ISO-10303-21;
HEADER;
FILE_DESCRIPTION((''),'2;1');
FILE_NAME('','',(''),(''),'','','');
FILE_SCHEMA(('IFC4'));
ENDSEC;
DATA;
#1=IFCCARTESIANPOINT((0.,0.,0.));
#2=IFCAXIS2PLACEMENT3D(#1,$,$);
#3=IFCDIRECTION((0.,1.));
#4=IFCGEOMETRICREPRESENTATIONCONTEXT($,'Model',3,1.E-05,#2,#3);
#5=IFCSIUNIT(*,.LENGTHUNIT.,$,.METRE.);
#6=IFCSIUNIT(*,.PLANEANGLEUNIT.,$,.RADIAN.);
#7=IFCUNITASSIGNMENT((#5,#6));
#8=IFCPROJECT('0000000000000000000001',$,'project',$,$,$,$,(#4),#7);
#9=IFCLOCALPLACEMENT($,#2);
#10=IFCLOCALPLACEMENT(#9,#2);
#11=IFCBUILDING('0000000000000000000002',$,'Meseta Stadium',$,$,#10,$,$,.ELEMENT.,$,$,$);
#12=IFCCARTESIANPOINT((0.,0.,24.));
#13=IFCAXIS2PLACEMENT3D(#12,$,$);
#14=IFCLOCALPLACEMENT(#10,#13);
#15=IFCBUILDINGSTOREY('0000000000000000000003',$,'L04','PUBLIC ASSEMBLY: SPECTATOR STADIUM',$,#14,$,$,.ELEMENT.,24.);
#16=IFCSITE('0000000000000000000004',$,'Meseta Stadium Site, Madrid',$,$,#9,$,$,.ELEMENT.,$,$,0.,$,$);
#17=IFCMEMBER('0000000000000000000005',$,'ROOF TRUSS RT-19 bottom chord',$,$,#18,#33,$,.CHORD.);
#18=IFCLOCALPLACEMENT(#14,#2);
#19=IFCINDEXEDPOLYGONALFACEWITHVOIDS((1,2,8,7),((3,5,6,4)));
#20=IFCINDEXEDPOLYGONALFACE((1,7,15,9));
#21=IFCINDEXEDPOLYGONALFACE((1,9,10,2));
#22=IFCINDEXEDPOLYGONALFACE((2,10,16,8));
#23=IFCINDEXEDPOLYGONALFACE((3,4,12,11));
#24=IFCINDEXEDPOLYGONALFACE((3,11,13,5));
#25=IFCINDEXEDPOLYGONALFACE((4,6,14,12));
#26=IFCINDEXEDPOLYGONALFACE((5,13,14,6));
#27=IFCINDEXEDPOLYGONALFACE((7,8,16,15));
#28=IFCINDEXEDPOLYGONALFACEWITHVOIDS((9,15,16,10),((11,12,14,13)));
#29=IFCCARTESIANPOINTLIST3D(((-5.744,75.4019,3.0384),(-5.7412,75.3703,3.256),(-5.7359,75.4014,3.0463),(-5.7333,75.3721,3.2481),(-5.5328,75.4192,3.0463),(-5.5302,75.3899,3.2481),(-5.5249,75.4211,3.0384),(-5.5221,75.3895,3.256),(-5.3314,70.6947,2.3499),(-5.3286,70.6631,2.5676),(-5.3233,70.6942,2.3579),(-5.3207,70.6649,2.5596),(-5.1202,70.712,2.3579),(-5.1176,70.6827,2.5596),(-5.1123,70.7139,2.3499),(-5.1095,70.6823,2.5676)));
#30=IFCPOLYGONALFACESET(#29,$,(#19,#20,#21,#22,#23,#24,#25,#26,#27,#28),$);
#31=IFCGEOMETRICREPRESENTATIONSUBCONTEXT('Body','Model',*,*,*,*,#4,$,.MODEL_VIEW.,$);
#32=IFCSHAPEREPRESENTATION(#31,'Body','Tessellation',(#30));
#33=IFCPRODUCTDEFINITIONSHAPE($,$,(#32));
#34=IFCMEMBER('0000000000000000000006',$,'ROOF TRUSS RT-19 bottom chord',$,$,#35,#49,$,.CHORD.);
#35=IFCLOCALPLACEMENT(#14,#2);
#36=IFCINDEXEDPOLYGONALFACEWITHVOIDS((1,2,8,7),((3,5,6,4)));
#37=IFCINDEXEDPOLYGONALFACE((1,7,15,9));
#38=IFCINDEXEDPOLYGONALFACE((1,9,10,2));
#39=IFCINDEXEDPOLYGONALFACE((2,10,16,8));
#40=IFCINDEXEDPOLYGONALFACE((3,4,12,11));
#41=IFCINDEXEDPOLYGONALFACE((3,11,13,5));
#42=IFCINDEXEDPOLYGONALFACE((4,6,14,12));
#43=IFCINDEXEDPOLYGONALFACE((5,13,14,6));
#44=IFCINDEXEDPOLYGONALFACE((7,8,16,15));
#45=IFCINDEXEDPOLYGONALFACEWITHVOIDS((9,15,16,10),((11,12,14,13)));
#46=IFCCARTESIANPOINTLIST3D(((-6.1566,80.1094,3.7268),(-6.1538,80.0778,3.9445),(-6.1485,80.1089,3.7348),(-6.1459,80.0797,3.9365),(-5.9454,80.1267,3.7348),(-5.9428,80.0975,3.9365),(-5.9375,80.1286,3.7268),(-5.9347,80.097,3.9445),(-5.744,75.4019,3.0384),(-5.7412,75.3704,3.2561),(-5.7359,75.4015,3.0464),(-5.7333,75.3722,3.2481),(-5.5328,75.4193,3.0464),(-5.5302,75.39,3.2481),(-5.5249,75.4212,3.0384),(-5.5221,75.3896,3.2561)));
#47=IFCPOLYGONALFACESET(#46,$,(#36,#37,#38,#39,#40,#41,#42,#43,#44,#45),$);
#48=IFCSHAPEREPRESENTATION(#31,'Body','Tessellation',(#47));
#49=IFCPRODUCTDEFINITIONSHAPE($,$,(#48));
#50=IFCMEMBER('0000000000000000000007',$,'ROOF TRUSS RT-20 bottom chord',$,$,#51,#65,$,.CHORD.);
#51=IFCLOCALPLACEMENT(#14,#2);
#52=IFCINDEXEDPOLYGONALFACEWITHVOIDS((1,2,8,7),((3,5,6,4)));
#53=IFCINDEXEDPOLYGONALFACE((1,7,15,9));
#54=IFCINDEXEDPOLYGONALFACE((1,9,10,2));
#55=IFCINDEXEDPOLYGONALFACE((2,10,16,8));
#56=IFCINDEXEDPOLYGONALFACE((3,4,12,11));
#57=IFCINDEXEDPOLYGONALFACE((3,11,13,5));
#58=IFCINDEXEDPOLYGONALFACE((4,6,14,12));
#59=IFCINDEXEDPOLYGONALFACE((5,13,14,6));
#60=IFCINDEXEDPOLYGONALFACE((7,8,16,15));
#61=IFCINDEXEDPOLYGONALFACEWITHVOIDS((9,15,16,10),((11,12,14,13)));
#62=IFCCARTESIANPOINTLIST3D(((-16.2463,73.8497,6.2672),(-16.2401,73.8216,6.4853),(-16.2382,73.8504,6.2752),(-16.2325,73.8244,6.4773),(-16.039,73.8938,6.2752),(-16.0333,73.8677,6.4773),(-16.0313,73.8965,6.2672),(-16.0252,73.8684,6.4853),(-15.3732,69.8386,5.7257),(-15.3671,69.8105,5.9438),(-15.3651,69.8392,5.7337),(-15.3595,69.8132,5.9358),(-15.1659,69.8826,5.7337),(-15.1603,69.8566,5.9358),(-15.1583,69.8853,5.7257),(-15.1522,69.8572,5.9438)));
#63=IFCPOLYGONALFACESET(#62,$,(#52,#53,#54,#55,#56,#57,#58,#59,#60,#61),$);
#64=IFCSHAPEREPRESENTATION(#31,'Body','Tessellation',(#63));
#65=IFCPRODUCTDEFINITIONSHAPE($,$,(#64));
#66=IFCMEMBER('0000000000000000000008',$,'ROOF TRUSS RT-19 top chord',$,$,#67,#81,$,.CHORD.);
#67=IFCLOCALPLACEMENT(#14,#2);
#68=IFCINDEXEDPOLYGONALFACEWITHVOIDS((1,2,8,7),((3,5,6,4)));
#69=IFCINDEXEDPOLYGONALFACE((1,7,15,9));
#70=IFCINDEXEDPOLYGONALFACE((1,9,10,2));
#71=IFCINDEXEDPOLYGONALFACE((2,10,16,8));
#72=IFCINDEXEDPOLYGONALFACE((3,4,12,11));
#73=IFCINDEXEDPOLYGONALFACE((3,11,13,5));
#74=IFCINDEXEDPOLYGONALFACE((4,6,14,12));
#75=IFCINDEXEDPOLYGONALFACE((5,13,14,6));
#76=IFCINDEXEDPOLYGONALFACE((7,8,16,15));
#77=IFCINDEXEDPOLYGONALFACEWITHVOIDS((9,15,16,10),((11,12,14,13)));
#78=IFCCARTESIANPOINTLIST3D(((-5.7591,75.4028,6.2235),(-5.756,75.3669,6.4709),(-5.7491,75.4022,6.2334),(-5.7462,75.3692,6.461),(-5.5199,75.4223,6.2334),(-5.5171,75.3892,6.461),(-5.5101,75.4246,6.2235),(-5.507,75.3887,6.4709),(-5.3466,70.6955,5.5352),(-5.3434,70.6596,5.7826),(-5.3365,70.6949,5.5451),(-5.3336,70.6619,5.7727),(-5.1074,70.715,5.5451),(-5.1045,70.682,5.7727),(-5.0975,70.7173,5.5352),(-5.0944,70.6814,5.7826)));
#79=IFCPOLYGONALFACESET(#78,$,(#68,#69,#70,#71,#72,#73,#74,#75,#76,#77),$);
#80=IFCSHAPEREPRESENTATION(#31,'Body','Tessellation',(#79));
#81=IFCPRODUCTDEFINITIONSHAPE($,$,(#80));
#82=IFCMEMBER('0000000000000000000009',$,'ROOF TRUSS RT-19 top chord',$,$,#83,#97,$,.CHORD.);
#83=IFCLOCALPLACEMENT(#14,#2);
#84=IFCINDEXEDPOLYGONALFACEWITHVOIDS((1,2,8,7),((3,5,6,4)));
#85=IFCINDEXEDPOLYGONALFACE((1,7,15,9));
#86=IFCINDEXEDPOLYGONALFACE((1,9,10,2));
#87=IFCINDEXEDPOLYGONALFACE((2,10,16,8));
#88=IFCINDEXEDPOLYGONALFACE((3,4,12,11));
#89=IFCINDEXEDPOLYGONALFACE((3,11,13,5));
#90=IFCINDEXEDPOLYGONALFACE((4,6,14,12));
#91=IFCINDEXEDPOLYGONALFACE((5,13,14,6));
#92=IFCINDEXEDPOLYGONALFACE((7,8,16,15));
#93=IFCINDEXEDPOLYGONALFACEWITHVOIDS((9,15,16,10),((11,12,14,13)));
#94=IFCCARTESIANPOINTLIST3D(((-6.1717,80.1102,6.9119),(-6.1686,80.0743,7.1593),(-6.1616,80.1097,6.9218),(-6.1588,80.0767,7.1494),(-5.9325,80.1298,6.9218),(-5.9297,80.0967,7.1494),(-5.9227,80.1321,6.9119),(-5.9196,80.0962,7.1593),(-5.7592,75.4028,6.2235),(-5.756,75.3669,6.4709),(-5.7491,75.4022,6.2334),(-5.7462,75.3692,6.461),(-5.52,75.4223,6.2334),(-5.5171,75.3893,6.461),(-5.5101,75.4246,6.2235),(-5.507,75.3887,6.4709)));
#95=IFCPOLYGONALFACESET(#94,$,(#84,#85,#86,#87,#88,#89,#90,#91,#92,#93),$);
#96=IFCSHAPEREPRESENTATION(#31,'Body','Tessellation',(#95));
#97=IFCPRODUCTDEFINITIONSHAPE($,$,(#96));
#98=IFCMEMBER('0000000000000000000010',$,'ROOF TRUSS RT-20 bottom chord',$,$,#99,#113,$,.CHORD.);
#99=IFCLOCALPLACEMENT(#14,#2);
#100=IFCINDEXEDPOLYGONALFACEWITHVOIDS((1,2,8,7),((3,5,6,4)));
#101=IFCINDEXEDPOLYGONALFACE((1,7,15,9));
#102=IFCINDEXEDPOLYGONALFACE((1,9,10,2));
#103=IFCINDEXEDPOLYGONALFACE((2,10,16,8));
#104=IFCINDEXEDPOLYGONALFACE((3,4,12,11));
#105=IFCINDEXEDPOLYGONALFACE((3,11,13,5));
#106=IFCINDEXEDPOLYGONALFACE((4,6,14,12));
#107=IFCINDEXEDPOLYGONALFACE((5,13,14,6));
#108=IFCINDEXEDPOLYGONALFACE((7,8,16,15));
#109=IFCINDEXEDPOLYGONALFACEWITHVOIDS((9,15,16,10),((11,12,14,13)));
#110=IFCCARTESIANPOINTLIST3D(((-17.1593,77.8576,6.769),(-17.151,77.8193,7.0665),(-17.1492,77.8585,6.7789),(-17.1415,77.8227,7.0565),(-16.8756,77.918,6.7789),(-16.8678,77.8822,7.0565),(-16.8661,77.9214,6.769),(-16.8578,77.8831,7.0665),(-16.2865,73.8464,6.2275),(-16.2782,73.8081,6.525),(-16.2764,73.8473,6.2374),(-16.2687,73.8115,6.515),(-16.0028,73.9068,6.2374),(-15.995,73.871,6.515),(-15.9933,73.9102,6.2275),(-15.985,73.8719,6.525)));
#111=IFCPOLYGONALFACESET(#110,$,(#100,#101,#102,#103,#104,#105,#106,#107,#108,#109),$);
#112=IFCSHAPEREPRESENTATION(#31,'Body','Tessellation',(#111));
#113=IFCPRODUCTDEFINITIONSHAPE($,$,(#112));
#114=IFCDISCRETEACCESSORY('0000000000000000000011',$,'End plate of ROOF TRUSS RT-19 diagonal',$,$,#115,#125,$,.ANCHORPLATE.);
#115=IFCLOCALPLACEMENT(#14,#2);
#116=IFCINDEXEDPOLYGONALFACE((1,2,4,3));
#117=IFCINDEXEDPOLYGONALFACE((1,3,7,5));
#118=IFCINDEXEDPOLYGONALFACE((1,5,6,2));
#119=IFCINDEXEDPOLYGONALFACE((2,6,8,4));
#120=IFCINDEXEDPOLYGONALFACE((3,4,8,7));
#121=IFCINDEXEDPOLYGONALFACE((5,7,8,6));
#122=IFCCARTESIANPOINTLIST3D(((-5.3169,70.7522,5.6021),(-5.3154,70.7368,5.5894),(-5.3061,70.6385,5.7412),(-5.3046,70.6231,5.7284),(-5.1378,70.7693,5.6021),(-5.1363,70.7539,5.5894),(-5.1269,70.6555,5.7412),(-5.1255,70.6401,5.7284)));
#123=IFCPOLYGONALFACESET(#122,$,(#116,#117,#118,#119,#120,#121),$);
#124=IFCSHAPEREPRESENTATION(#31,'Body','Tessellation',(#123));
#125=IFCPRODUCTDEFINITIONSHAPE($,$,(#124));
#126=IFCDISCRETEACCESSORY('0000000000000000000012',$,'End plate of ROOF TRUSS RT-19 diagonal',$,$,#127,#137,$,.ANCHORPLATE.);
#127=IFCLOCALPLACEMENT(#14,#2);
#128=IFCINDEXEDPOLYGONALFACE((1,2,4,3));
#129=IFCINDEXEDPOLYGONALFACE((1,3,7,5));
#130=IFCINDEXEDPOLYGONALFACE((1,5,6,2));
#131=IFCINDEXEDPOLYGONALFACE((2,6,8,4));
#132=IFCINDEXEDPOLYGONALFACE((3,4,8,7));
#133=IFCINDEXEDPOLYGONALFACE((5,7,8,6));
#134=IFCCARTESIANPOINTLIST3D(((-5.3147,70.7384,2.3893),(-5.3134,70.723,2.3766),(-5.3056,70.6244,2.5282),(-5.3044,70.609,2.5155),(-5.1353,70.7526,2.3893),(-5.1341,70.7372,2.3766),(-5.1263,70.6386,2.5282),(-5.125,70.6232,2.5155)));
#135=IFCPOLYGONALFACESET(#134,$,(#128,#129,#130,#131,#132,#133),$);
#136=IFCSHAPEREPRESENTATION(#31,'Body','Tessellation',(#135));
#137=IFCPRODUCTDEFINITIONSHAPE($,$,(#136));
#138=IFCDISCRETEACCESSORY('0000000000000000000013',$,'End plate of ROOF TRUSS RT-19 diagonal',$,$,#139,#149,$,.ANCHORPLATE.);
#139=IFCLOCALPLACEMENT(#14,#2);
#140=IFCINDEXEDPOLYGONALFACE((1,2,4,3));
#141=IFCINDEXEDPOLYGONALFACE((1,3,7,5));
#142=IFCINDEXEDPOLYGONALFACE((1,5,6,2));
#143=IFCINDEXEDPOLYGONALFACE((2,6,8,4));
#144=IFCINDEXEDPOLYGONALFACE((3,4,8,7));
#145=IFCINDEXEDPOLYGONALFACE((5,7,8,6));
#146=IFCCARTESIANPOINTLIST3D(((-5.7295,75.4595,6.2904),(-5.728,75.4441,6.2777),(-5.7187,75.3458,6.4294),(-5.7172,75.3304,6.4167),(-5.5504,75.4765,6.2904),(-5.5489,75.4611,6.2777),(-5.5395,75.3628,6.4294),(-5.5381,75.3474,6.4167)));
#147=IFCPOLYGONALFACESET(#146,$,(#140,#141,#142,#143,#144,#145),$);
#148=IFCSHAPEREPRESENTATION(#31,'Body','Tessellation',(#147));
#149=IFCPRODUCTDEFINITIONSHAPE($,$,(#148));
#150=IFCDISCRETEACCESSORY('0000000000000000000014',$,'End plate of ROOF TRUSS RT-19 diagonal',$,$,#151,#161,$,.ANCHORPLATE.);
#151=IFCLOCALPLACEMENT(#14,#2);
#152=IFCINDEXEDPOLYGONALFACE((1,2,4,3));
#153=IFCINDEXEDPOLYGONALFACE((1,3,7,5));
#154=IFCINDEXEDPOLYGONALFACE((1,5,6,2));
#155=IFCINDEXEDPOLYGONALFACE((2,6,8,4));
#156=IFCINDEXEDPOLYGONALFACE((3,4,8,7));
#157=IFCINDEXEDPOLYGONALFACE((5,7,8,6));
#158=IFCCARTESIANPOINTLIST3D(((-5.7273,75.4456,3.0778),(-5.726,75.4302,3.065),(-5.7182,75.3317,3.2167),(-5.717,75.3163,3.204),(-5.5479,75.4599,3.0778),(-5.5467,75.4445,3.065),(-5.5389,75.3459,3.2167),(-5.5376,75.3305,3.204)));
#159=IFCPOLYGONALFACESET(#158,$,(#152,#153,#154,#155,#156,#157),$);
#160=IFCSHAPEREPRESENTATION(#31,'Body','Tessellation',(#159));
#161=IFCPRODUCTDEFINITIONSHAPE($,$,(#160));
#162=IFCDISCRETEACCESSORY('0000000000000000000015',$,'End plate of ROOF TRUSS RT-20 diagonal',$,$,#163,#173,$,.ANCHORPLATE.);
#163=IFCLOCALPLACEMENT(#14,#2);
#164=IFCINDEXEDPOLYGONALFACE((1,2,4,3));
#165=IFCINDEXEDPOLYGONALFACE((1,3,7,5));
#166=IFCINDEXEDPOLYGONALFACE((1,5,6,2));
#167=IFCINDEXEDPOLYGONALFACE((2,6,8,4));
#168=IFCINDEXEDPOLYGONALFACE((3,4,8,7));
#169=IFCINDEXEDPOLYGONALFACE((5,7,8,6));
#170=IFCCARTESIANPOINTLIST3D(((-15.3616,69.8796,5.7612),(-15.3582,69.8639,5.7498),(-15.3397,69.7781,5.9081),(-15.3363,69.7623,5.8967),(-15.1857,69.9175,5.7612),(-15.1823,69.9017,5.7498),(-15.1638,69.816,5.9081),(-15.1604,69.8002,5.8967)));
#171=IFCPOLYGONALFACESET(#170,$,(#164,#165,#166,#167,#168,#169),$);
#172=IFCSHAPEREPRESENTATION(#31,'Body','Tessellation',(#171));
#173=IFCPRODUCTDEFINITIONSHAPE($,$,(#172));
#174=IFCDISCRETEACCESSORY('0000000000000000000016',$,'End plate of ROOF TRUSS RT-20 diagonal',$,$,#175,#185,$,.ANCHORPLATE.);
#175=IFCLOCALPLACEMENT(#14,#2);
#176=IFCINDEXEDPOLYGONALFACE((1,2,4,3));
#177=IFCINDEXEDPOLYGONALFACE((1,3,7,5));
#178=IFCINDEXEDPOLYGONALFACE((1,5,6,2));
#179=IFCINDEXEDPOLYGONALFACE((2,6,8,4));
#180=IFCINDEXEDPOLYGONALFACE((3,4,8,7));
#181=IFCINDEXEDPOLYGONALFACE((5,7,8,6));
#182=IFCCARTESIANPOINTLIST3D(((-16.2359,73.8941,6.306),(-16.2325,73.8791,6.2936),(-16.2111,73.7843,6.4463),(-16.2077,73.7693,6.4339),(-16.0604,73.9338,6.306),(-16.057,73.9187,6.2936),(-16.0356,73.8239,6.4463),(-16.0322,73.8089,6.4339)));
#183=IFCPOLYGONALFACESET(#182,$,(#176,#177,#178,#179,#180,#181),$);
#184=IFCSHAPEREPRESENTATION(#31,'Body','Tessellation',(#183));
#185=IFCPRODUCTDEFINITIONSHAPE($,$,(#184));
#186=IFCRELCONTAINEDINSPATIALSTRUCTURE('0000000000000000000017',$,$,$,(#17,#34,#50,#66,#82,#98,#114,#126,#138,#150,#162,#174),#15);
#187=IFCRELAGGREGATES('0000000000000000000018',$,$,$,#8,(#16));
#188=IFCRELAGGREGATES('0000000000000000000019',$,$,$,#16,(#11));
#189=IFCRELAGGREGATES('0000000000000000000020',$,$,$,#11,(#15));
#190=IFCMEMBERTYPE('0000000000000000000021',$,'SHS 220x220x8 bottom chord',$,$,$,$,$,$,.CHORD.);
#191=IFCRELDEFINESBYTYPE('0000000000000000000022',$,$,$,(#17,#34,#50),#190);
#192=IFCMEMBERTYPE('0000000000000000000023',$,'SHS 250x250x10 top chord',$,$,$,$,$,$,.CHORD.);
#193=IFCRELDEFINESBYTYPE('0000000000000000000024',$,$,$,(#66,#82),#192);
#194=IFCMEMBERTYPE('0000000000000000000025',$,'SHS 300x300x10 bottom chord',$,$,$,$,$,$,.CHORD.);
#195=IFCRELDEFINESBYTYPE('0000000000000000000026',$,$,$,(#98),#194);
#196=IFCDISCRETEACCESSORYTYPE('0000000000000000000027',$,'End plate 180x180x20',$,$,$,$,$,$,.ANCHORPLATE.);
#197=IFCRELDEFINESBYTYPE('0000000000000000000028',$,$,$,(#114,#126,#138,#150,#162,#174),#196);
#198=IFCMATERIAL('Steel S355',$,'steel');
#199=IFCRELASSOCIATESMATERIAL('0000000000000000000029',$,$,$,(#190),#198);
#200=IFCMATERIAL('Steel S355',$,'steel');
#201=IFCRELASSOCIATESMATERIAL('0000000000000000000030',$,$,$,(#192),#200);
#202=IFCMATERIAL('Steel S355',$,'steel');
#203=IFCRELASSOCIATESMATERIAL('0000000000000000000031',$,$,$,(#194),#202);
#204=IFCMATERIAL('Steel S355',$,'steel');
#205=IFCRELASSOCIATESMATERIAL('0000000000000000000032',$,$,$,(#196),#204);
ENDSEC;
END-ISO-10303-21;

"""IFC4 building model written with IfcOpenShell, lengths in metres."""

from ifc_helpers import new_model, si_unit, direction, frame, origin, origin_2d, place, context, subcontext, project, spatial, rectangle, hollow_rectangle, extrude, material, material_profile, profile_set, type_object, element, save


model = new_model("IFC4")

# Units and contexts
model_context = context("Model", 3, precision=1e-05, world=origin(), true_north=direction((0.0, 1.0)))
body_context = subcontext(model_context, "Body", "Model", "MODEL_VIEW")
ifc_project = project(units=[si_unit("LENGTHUNIT", "METRE"), si_unit("PLANEANGLEUNIT", "RADIAN")], contexts=[model_context])

# Site, building, storey
site_placement = place(None, origin())
site = spatial("IfcSite", under=ifc_project, at=site_placement, Name="Meseta Stadium Site, Madrid", CompositionType="ELEMENT", RefElevation=0.0)
building_placement = place(site_placement, origin())
building = spatial("IfcBuilding", under=site, at=building_placement, Name="Meseta Stadium", CompositionType="ELEMENT")
storey_placement = place(building_placement, frame((0.0, 0.0, 24.0)))
storey = spatial("IfcBuildingStorey", under=building, at=storey_placement, Name="L04", Description="PUBLIC ASSEMBLY: SPECTATOR STADIUM", CompositionType="ELEMENT", Elevation=24.0)

# Members
ifc_material_1 = material(Name="Steel S355", Category="steel")
ifc_material_profile_1 = material_profile(ifc_material_1, hollow_rectangle(XDim=0.22, YDim=0.22, WallThickness=0.0081, at=origin_2d()), Name="SHS 220x220x8")
ifc_profile_set_1 = profile_set([ifc_material_profile_1], Name="Steel S355")
member_type_1 = type_object("IfcMemberType", Name="SHS 220x220x8 bottom chord", PredefinedType="CHORD", material=ifc_profile_set_1)
member_1_placement = place(storey_placement, frame((-5.2205, 70.6885, 2.4587), z_axis=(-0.086404, 0.985772, 0.144177), x_axis=(-0.996181, -0.087316, 0.0)))
element("IfcMember", 1, at=member_1_placement, inside=storey, type_object=member_type_1, Name="ROOF TRUSS RT-19 bottom chord", PredefinedType="CHORD", context=body_context, shape_type="SweptSolid", body=[
    extrude(hollow_rectangle(XDim=0.22, YDim=0.22, WallThickness=0.0081, at=origin_2d()), origin(), (0.0, 0.0, 1.0), 4.7751),
])
member_2_placement = place(storey_placement, frame((-5.6331, 75.3958, 3.1472), z_axis=(-0.0864, 0.985774, 0.14417), x_axis=(-0.996181, -0.087312, 0.0)))
element("IfcMember", 2, at=member_2_placement, inside=storey, type_object=member_type_1, Name="ROOF TRUSS RT-19 bottom chord", PredefinedType="CHORD", context=body_context, shape_type="SweptSolid", body=[
    extrude(hollow_rectangle(XDim=0.22, YDim=0.22, WallThickness=0.0081, at=origin_2d()), origin(), (0.0, 0.0, 1.0), 4.7754),
])
member_3_placement = place(storey_placement, frame((-15.2627, 69.8479, 5.8347), z_axis=(-0.210845, 0.968732, 0.130776), x_axis=(-0.977124, -0.212672, 0.0)))
element("IfcMember", 3, at=member_3_placement, inside=storey, type_object=member_type_1, Name="ROOF TRUSS RT-20 bottom chord", PredefinedType="CHORD", context=body_context, shape_type="SweptSolid", body=[
    extrude(hollow_rectangle(XDim=0.22, YDim=0.22, WallThickness=0.0081, at=origin_2d()), origin(), (0.0, 0.0, 1.0), 4.1406),
])
ifc_material_2 = material(Name="Steel S355", Category="steel")
ifc_material_profile_2 = material_profile(ifc_material_2, hollow_rectangle(XDim=0.25, YDim=0.25, WallThickness=0.01, at=origin_2d()), Name="SHS 250x250x10")
ifc_profile_set_2 = profile_set([ifc_material_profile_2], Name="Steel S355")
member_type_2 = type_object("IfcMemberType", Name="SHS 250x250x10 top chord", PredefinedType="CHORD", material=ifc_profile_set_2)
member_4_placement = place(storey_placement, frame((-5.2205, 70.6885, 5.6589), z_axis=(-0.086405, 0.98578, 0.144127), x_axis=(-0.996181, -0.087316, 0.0)))
element("IfcMember", 4, at=member_4_placement, inside=storey, type_object=member_type_2, Name="ROOF TRUSS RT-19 top chord", PredefinedType="CHORD", context=body_context, shape_type="SweptSolid", body=[
    extrude(hollow_rectangle(XDim=0.25, YDim=0.25, WallThickness=0.01, at=origin_2d()), origin(), (0.0, 0.0, 1.0), 4.7751),
])
member_5_placement = place(storey_placement, frame((-5.6331, 75.3958, 6.3472), z_axis=(-0.0864, 0.985774, 0.14417), x_axis=(-0.996181, -0.087312, 0.0)))
element("IfcMember", 5, at=member_5_placement, inside=storey, type_object=member_type_2, Name="ROOF TRUSS RT-19 top chord", PredefinedType="CHORD", context=body_context, shape_type="SweptSolid", body=[
    extrude(hollow_rectangle(XDim=0.25, YDim=0.25, WallThickness=0.01, at=origin_2d()), origin(), (0.0, 0.0, 1.0), 4.7754),
])
ifc_material_3 = material(Name="Steel S355", Category="steel")
ifc_material_profile_3 = material_profile(ifc_material_3, hollow_rectangle(XDim=0.3, YDim=0.3, WallThickness=0.01, at=origin_2d()), Name="SHS 300x300x10")
ifc_profile_set_3 = profile_set([ifc_material_profile_3], Name="Steel S355")
member_type_3 = type_object("IfcMemberType", Name="SHS 300x300x10 bottom chord", PredefinedType="CHORD", material=ifc_profile_set_3)
member_6_placement = place(storey_placement, frame((-16.1357, 73.8591, 6.3762), z_axis=(-0.210789, 0.968744, 0.130778), x_axis=(-0.977136, -0.212615, 0.0)))
element("IfcMember", 6, at=member_6_placement, inside=storey, type_object=member_type_3, Name="ROOF TRUSS RT-20 bottom chord", PredefinedType="CHORD", context=body_context, shape_type="SweptSolid", body=[
    extrude(hollow_rectangle(XDim=0.3, YDim=0.3, WallThickness=0.01, at=origin_2d()), origin(), (0.0, 0.0, 1.0), 4.1406),
])

# Discrete accessories
ifc_material_4 = material(Name="Steel S355", Category="steel")
ifc_material_profile_4 = material_profile(ifc_material_4, rectangle(XDim=0.1799, YDim=0.1799, at=origin_2d()), Name="PL 180x180")
ifc_profile_set_4 = profile_set([ifc_material_profile_4], Name="Steel S355")
discrete_accessory_type_1 = type_object("IfcDiscreteAccessoryType", Name="End plate 180x180x20", PredefinedType="ANCHORPLATE", material=ifc_profile_set_4)
for number, where, z_axis, x_axis, name in (
    (7, (-5.2205, 70.6885, 5.6589), (-0.073252, 0.769151, 0.634855), (-0.995495, -0.094809, 0.0), "End plate of ROOF TRUSS RT-19 diagonal"),
    (8, (-5.2192, 70.6731, 2.446), (-0.061094, 0.769782, 0.635376), (-0.996865, -0.079116, 0.0), "End plate of ROOF TRUSS RT-19 diagonal"),
    (9, (-5.6331, 75.3958, 6.3472), (-0.073252, 0.769151, 0.634855), (-0.995495, -0.094809, 0.0), "End plate of ROOF TRUSS RT-19 diagonal"),
    (10, (-5.6318, 75.3804, 3.1345), (-0.061094, 0.769782, 0.635376), (-0.996865, -0.079116, 0.0), "End plate of ROOF TRUSS RT-19 diagonal"),
):
    element("IfcDiscreteAccessory", number, at=place(storey_placement, frame(where, z_axis=z_axis, x_axis=x_axis)), inside=storey, type_object=discrete_accessory_type_1, Name=name, PredefinedType="ANCHORPLATE", context=body_context, shape_type="SweptSolid", body=[
        extrude(rectangle(XDim=0.1799, YDim=0.1799, at=origin_2d()), origin(), (0.0, 0.0, 1.0), 0.02),
    ])
for number, where, z_axis, x_axis, name in (
    (11, (-15.2593, 69.832, 5.8232), (-0.171938, 0.798282, 0.57722), (-0.977582, -0.210556, 0.0), "End plate of ROOF TRUSS RT-20 diagonal"),
    (12, (-16.1323, 73.844, 6.3638), (-0.171795, 0.760808, 0.625826), (-0.975441, -0.220261, 0.0), "End plate of ROOF TRUSS RT-20 diagonal"),
):
    element("IfcDiscreteAccessory", number, at=place(storey_placement, frame(where, z_axis=z_axis, x_axis=x_axis)), inside=storey, type_object=discrete_accessory_type_1, Name=name, PredefinedType="ANCHORPLATE", context=body_context, shape_type="SweptSolid", body=[
        extrude(rectangle(XDim=0.1799, YDim=0.1799, at=origin_2d()), origin(), (0.0, 0.0, 1.0), 0.0198),
    ])

save(model, "model.ifc")
